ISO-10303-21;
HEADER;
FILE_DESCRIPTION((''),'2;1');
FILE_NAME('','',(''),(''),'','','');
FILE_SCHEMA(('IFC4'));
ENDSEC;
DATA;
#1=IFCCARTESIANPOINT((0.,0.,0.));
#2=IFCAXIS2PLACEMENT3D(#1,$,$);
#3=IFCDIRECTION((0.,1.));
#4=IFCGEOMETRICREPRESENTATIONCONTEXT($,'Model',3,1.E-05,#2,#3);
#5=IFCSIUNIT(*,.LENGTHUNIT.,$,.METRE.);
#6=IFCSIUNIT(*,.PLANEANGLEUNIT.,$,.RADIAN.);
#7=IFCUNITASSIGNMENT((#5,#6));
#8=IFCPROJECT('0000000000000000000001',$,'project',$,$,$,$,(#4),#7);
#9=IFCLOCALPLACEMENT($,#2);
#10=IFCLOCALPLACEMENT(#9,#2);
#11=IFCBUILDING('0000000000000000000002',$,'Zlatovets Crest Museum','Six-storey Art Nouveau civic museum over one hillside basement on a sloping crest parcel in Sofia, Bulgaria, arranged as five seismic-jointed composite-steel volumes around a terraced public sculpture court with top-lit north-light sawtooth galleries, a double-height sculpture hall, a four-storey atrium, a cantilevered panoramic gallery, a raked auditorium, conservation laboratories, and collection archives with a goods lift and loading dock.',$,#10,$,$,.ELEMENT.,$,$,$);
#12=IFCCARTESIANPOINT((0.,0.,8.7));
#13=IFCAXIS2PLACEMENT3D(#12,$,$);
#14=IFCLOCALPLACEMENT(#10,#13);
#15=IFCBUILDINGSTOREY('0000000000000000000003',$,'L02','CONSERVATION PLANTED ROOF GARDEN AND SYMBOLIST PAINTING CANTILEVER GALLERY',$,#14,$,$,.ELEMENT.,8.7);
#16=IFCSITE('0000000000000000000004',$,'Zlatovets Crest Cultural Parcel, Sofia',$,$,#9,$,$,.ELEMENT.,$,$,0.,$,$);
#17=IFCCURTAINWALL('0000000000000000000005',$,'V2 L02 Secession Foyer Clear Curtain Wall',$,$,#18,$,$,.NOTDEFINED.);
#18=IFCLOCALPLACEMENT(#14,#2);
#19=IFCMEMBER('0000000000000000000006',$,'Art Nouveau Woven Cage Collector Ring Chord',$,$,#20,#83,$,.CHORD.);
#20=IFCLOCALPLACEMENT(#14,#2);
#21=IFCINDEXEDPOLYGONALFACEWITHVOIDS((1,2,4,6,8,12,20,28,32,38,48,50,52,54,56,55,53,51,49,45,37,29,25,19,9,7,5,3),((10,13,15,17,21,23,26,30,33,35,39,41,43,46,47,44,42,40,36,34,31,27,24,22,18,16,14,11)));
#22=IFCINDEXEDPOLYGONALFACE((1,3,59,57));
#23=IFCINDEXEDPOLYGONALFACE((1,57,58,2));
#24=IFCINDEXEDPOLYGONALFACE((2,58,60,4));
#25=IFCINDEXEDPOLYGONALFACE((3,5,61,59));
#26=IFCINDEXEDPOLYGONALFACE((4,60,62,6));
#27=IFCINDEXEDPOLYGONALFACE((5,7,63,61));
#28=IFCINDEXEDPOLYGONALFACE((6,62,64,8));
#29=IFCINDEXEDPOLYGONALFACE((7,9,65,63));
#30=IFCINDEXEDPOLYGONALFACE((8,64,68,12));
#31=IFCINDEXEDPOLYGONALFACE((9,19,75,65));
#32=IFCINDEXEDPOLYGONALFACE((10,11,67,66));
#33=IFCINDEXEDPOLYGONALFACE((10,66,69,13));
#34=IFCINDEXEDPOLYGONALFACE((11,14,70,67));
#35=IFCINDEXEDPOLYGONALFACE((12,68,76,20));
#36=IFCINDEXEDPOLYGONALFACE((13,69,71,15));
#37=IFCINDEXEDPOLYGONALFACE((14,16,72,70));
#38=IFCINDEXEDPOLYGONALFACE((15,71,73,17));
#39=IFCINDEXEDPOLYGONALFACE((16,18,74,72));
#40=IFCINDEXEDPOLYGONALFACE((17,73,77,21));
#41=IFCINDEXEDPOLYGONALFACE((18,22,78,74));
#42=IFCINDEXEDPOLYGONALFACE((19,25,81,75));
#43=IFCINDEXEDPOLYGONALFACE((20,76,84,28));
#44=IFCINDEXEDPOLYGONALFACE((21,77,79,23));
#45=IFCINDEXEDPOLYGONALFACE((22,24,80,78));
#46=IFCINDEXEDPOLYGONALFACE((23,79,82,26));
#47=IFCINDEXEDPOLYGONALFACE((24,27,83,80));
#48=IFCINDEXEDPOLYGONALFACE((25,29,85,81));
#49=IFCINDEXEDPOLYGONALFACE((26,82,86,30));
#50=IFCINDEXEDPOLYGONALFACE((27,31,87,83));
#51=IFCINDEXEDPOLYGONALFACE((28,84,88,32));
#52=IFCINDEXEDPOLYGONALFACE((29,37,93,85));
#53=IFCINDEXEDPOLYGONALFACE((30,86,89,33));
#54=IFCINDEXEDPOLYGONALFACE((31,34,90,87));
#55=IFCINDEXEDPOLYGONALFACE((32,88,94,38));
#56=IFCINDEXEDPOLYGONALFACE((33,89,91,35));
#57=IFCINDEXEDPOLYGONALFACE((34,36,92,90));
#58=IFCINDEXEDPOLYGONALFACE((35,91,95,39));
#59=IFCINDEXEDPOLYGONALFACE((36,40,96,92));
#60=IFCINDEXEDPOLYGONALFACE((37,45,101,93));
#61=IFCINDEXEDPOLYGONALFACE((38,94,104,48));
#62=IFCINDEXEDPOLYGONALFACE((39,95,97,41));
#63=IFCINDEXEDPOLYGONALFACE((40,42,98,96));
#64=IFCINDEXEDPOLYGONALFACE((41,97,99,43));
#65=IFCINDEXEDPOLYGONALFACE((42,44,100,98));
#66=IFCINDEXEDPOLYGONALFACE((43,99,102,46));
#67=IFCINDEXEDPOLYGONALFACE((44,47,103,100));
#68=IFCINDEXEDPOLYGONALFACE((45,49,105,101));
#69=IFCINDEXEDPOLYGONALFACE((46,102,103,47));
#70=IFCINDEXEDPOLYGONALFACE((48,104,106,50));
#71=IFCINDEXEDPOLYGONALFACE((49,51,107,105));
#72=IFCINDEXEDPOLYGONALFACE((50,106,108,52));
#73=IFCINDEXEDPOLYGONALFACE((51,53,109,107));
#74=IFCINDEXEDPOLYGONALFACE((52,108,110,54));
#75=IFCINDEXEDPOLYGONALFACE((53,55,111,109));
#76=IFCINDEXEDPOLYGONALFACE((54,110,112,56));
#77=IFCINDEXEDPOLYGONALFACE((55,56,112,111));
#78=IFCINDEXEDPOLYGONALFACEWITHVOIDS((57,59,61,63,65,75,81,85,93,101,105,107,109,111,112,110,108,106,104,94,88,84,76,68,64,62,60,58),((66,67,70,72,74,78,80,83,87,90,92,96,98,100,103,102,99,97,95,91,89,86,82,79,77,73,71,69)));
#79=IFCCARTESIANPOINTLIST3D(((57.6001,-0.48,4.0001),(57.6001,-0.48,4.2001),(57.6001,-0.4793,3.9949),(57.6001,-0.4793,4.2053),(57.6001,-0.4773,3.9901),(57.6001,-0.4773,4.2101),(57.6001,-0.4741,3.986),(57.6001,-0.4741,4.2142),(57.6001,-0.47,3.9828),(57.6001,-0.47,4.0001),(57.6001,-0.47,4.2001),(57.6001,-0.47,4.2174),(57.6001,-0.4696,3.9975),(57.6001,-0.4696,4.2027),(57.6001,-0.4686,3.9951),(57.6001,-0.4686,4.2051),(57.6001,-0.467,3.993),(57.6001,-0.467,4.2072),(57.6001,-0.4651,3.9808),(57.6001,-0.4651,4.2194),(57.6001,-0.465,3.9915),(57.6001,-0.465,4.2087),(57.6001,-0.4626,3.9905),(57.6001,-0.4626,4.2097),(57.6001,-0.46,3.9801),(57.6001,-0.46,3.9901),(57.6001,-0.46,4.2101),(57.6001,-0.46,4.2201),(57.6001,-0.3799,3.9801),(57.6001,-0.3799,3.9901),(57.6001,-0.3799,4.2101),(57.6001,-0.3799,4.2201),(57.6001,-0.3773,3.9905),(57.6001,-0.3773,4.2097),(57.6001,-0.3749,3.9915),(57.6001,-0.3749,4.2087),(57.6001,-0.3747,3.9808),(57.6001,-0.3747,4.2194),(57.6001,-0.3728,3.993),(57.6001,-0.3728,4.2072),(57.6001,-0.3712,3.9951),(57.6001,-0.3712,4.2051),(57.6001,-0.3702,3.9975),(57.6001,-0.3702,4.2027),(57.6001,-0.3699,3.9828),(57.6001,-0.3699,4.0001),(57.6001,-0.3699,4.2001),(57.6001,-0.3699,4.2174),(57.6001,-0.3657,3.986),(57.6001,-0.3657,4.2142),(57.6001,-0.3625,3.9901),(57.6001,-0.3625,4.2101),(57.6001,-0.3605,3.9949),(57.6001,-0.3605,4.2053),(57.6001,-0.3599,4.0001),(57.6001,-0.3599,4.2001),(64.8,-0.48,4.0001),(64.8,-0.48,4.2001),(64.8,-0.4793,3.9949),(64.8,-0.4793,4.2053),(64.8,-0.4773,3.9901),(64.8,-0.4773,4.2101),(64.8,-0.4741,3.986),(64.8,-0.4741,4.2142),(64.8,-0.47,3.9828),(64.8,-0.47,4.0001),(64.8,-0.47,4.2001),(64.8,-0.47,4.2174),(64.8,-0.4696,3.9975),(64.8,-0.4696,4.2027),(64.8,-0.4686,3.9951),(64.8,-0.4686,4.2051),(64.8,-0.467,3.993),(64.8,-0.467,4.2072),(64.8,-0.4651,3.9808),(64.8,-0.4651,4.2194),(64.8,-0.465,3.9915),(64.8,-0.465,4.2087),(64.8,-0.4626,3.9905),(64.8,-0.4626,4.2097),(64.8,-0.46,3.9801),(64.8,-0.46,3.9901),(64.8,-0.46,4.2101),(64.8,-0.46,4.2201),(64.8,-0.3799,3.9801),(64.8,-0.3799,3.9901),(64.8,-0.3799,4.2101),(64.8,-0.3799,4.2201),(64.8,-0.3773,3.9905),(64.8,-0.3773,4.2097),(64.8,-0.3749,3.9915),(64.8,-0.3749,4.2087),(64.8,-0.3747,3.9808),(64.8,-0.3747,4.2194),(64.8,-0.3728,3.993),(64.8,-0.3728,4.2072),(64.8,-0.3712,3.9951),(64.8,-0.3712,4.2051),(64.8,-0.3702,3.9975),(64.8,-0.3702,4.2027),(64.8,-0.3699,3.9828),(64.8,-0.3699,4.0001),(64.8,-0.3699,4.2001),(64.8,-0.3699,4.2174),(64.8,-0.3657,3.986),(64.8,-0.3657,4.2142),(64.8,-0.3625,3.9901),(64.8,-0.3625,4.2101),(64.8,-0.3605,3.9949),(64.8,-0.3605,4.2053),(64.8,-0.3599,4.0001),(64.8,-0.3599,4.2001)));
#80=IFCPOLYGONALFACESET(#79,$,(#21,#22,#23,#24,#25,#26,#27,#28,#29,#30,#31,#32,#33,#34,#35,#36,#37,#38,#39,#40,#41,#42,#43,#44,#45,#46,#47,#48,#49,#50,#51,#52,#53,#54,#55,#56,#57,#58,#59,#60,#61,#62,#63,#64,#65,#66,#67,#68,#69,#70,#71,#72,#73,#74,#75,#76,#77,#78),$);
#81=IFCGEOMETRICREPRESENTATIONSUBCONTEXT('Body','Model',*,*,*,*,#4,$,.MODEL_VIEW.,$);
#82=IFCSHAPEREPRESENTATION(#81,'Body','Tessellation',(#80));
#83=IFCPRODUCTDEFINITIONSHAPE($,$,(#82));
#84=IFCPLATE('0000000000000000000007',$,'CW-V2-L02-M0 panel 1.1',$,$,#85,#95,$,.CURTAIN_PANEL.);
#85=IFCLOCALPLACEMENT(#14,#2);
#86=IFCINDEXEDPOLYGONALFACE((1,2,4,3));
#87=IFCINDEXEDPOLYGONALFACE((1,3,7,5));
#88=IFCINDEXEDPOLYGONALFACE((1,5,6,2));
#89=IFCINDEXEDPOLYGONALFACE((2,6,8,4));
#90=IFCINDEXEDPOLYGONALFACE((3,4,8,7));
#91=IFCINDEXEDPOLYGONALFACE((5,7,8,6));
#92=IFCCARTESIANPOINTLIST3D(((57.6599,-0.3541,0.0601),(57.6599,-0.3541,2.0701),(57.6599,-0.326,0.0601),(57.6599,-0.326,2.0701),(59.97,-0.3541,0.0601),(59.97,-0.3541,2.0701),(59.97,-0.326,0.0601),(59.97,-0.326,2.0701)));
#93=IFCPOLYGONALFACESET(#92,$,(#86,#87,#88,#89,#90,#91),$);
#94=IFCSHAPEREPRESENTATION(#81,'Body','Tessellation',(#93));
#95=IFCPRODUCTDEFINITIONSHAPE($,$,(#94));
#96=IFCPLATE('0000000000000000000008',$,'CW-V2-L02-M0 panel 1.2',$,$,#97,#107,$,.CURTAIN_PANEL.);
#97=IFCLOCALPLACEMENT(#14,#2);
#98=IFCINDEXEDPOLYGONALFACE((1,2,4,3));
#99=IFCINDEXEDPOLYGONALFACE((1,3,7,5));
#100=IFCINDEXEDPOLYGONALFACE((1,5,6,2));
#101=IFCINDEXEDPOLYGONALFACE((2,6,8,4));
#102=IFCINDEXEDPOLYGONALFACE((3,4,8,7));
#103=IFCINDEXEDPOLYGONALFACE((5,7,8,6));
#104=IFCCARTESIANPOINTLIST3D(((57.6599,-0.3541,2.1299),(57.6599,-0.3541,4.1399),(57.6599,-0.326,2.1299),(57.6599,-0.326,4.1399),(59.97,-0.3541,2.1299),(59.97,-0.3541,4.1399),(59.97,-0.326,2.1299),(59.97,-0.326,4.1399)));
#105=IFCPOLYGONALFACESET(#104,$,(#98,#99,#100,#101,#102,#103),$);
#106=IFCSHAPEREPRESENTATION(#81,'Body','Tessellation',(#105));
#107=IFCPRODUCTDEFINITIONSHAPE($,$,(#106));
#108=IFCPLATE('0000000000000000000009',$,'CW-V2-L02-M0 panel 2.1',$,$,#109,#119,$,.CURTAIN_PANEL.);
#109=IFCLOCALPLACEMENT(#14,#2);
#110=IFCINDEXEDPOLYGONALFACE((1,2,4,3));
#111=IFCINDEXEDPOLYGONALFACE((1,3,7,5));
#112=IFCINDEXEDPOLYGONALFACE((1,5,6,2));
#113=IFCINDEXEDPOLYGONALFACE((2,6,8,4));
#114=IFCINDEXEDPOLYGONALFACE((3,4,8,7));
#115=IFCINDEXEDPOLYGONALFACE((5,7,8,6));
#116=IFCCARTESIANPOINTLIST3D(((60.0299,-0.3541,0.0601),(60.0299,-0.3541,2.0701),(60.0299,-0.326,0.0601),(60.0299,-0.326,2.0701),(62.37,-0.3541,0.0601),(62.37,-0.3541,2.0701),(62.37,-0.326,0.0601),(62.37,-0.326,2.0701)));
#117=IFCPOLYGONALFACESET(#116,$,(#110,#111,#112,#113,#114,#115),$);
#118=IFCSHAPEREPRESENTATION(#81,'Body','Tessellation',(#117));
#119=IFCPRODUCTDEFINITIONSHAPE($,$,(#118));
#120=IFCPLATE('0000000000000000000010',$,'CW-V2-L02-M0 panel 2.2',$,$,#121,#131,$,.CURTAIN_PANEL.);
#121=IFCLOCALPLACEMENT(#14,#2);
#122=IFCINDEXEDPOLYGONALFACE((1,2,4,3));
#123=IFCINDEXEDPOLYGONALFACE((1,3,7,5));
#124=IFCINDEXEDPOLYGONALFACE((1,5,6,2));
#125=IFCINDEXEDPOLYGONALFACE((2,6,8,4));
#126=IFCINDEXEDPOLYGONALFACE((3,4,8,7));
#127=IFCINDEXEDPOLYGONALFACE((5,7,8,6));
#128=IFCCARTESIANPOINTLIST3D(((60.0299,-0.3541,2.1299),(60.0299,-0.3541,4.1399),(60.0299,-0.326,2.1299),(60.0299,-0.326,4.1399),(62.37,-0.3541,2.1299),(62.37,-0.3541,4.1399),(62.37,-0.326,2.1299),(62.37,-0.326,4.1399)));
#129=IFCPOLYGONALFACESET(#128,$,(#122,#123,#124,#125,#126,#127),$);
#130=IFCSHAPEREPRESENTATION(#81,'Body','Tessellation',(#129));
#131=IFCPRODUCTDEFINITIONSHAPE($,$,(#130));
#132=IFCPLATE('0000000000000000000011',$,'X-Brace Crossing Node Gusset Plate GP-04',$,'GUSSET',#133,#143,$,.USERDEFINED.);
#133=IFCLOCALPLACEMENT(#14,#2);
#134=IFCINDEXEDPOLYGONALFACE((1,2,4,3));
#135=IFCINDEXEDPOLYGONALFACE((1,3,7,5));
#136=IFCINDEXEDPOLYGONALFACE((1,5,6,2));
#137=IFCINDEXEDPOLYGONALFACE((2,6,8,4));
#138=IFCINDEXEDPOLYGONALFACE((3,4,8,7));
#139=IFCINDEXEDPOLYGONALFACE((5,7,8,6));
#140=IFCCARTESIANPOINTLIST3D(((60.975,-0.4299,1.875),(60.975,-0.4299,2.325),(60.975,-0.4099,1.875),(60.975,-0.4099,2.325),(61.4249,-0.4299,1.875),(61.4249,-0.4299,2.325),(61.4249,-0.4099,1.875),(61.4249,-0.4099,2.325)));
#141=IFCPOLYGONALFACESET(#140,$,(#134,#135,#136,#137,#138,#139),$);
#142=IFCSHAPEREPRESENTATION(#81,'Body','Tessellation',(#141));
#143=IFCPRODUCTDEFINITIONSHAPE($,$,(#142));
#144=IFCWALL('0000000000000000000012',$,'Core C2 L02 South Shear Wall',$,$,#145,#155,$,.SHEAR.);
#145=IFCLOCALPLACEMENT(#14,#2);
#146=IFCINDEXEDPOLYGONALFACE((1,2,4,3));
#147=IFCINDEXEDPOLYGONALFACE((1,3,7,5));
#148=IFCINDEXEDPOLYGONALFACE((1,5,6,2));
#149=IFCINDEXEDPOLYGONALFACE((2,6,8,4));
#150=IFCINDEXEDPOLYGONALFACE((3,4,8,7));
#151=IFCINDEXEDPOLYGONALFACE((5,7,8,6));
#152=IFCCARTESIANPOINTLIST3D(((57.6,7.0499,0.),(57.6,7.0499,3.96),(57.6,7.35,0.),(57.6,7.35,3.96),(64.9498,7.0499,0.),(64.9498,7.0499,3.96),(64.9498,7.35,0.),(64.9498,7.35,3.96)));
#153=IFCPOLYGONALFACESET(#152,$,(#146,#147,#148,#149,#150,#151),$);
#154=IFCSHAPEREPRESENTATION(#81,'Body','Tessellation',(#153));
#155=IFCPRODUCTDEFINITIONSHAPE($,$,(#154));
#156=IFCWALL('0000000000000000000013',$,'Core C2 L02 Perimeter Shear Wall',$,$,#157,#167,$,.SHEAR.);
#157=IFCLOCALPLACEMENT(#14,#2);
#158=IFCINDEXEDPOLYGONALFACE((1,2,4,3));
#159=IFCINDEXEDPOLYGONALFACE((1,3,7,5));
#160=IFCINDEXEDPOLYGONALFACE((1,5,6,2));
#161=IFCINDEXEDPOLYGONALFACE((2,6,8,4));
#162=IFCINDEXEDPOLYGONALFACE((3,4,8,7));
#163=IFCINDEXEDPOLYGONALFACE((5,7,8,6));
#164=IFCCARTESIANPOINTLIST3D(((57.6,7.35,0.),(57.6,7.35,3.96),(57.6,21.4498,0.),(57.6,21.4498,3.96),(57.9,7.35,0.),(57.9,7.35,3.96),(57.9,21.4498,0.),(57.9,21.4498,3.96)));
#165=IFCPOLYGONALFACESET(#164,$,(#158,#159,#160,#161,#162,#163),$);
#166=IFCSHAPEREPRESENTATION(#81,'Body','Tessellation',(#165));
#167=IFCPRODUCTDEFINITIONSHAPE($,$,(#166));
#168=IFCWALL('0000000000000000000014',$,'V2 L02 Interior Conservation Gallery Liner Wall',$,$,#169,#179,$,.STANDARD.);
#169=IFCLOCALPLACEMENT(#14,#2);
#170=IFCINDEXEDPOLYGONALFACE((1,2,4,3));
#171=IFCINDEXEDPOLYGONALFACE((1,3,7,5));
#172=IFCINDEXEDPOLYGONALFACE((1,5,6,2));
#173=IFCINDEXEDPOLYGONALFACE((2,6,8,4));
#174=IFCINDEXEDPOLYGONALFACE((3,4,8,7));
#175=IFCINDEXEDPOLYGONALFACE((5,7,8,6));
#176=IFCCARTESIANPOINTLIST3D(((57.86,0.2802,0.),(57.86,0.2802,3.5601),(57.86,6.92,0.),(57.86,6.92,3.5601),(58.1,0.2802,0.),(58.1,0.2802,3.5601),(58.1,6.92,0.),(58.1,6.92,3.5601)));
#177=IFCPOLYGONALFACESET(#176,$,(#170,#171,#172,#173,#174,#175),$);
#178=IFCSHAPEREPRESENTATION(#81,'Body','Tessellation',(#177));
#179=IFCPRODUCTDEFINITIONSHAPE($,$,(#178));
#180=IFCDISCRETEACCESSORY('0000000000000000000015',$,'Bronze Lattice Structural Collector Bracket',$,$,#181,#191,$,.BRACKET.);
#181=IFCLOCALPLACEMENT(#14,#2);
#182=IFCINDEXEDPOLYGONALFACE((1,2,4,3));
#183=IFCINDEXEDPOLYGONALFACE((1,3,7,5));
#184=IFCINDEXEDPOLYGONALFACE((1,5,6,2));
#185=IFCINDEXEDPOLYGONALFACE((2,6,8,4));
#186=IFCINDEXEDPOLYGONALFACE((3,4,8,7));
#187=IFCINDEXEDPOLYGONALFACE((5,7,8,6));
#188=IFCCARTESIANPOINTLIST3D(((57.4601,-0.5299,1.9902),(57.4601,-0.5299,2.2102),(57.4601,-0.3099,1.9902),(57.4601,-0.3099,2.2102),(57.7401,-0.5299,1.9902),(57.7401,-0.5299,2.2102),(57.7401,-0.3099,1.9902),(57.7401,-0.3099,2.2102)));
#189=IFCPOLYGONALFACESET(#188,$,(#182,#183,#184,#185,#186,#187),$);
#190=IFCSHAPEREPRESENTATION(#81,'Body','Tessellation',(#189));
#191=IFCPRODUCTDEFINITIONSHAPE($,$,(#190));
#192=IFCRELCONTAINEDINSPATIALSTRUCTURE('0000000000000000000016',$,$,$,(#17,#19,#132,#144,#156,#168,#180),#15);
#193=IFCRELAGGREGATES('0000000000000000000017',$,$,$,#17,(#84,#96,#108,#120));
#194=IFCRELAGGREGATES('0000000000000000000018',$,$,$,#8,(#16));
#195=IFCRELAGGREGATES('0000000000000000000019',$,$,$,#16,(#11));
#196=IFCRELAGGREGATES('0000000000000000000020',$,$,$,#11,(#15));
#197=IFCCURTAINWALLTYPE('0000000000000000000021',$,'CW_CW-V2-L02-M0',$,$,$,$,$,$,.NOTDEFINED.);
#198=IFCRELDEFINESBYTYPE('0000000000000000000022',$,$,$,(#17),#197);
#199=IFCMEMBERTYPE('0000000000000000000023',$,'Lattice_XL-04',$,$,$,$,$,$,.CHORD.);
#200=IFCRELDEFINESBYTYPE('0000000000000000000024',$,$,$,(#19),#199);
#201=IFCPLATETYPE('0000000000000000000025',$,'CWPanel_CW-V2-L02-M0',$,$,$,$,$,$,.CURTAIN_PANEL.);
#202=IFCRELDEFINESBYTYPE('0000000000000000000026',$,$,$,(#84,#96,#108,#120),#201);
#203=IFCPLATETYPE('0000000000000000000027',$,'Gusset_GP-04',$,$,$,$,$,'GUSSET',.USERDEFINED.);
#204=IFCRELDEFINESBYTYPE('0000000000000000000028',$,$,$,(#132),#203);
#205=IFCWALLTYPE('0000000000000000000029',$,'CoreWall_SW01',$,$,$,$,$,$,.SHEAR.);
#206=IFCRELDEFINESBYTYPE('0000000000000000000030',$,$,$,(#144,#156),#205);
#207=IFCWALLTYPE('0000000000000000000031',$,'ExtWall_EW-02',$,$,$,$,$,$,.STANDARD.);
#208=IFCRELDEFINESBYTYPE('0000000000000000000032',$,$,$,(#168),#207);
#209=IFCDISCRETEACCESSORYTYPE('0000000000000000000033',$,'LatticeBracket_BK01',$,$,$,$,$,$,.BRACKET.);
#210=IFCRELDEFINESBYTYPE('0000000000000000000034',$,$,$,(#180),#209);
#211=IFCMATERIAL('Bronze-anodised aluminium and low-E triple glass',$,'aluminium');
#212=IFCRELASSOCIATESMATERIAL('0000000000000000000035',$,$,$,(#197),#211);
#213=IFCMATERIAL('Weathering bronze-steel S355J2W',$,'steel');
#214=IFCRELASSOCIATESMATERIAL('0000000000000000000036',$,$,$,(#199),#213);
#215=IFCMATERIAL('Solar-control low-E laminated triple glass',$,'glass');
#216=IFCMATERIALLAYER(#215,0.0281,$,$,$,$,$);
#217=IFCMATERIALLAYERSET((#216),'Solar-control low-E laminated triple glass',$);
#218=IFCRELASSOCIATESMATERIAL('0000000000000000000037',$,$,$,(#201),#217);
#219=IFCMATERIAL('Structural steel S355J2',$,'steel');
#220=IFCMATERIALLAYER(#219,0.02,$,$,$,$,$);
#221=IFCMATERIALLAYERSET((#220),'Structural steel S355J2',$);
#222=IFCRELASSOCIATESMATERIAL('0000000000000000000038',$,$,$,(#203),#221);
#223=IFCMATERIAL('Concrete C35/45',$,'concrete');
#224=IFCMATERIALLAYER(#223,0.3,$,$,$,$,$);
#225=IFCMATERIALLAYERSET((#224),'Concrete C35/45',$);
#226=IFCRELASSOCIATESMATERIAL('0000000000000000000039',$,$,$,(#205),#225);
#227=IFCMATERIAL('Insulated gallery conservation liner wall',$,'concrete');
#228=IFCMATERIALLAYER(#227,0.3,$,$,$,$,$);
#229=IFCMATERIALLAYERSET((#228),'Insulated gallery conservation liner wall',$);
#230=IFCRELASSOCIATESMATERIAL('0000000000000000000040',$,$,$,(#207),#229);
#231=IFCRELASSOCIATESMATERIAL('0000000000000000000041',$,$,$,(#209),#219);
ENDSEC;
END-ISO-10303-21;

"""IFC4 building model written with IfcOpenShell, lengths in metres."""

from ifc_helpers import new_model, si_unit, direction, frame, frame_2d, origin, origin_2d, place, context, subcontext, project, spatial, rectangle, hollow_rectangle, extrude, material, layer, layer_set, material_profile, profile_set, type_object, element, aggregate, save


model = new_model("IFC4")

# Units and contexts
model_context = context("Model", 3, precision=1e-05, world=origin(), true_north=direction((0.0, 1.0)))
body_context = subcontext(model_context, "Body", "Model", "MODEL_VIEW")
ifc_project = project(units=[si_unit("LENGTHUNIT", "METRE"), si_unit("PLANEANGLEUNIT", "RADIAN")], contexts=[model_context])

# Site, building, storey
site_placement = place(None, origin())
site = spatial("IfcSite", under=ifc_project, at=site_placement, Name="Zlatovets Crest Cultural Parcel, Sofia", CompositionType="ELEMENT", RefElevation=0.0)
building_placement = place(site_placement, origin())
building = spatial("IfcBuilding", under=site, at=building_placement, Name="Zlatovets Crest Museum", Description="Six-storey Art Nouveau civic museum over one hillside basement on a sloping crest parcel in Sofia, Bulgaria, arranged as five seismic-jointed composite-steel volumes around a terraced public sculpture court with top-lit north-light sawtooth galleries, a double-height sculpture hall, a four-storey atrium, a cantilevered panoramic gallery, a raked auditorium, conservation laboratories, and collection archives with a goods lift and loading dock.", CompositionType="ELEMENT")
storey_placement = place(building_placement, frame((0.0, 0.0, 8.7)))
storey = spatial("IfcBuildingStorey", under=building, at=storey_placement, Name="L02", Description="CONSERVATION PLANTED ROOF GARDEN AND SYMBOLIST PAINTING CANTILEVER GALLERY", CompositionType="ELEMENT", Elevation=8.7)

# Shared definitions
ifc_material_1 = material(Name="Structural steel S355J2", Category="steel")

# Curtain wall
ifc_material_2 = material(Name="Bronze-anodised aluminium and low-E triple glass", Category="aluminium")
curtain_wall_type = type_object("IfcCurtainWallType", Name="CW_CW-V2-L02-M0", PredefinedType="NOTDEFINED", material=ifc_material_2)
curtain_wall_placement = place(storey_placement, origin())
curtain_wall = element("IfcCurtainWall", 1, at=curtain_wall_placement, inside=storey, type_object=curtain_wall_type, Name="V2 L02 Secession Foyer Clear Curtain Wall", PredefinedType="NOTDEFINED")

# Member
ifc_material_3 = material(Name="Weathering bronze-steel S355J2W", Category="steel")
ifc_material_profile_1 = material_profile(ifc_material_3, hollow_rectangle(XDim=0.1201, YDim=0.24, WallThickness=0.01, InnerFilletRadius=0.01, OuterFilletRadius=0.02, at=origin_2d()), Name="RHS 120x240x10.0")
ifc_profile_set_1 = profile_set([ifc_material_profile_1], Name="Weathering bronze-steel S355J2W")
member_type_1 = type_object("IfcMemberType", Name="Lattice_XL-04", PredefinedType="CHORD", material=ifc_profile_set_1)
member_1_placement = place(storey_placement, frame((57.6001, -0.4199, 4.1001), z_axis=(1.0, 0.0, 0.0), x_axis=(0.0, 1.0, 0.0)))
element("IfcMember", 2, at=member_1_placement, inside=storey, type_object=member_type_1, Name="Art Nouveau Woven Cage Collector Ring Chord", PredefinedType="CHORD", context=body_context, shape_type="SweptSolid", body=[
    extrude(hollow_rectangle(XDim=0.1201, YDim=0.24, WallThickness=0.01, InnerFilletRadius=0.01, OuterFilletRadius=0.02, at=origin_2d()), origin(), (0.0, 0.0, 1.0), 7.2),
])

# Plates
ifc_material_4 = material(Name="Solar-control low-E laminated triple glass", Category="glass")
ifc_layer_1 = layer(ifc_material_4, 0.0281)
ifc_layer_set_1 = layer_set([ifc_layer_1], Name="Solar-control low-E laminated triple glass")
plate_type_1 = type_object("IfcPlateType", Name="CWPanel_CW-V2-L02-M0", PredefinedType="CURTAIN_PANEL", material=ifc_layer_set_1)
plate_1_placement = place(storey_placement, frame((58.8149, -0.3401, 0.0601), z_axis=(0.0, 0.0, 1.0), x_axis=(1.0, 0.0, 0.0)))
plate_1 = element("IfcPlate", 3, at=plate_1_placement, type_object=plate_type_1, Name="CW-V2-L02-M0 panel 1.1", PredefinedType="CURTAIN_PANEL", context=body_context, shape_type="SweptSolid", body=[
    extrude(rectangle(XDim=2.3101, YDim=0.0281, at=origin_2d()), origin(), (0.0, 0.0, 1.0), 2.01),
])
plate_2_placement = place(storey_placement, frame((58.8149, -0.3401, 2.1299), z_axis=(0.0, 0.0, 1.0), x_axis=(1.0, 0.0, 0.0)))
plate_2 = element("IfcPlate", 4, at=plate_2_placement, type_object=plate_type_1, Name="CW-V2-L02-M0 panel 1.2", PredefinedType="CURTAIN_PANEL", context=body_context, shape_type="SweptSolid", body=[
    extrude(rectangle(XDim=2.3101, YDim=0.0281, at=origin_2d()), origin(), (0.0, 0.0, 1.0), 2.01),
])
plate_3_placement = place(storey_placement, frame((61.2, -0.3401, 0.0601), z_axis=(0.0, 0.0, 1.0), x_axis=(1.0, 0.0, 0.0)))
plate_3 = element("IfcPlate", 5, at=plate_3_placement, type_object=plate_type_1, Name="CW-V2-L02-M0 panel 2.1", PredefinedType="CURTAIN_PANEL", context=body_context, shape_type="SweptSolid", body=[
    extrude(rectangle(XDim=2.3401, YDim=0.0281, at=origin_2d()), origin(), (0.0, 0.0, 1.0), 2.01),
])
plate_4_placement = place(storey_placement, frame((61.2, -0.3401, 2.1299), z_axis=(0.0, 0.0, 1.0), x_axis=(1.0, 0.0, 0.0)))
plate_4 = element("IfcPlate", 6, at=plate_4_placement, type_object=plate_type_1, Name="CW-V2-L02-M0 panel 2.2", PredefinedType="CURTAIN_PANEL", context=body_context, shape_type="SweptSolid", body=[
    extrude(rectangle(XDim=2.3401, YDim=0.0281, at=origin_2d()), origin(), (0.0, 0.0, 1.0), 2.01),
])
aggregate(curtain_wall, [plate_1, plate_2, plate_3, plate_4])
ifc_layer_2 = layer(ifc_material_1, 0.02)
ifc_layer_set_2 = layer_set([ifc_layer_2], Name="Structural steel S355J2")
plate_type_2 = type_object("IfcPlateType", Name="Gusset_GP-04", ElementType="GUSSET", PredefinedType="USERDEFINED", material=ifc_layer_set_2)
plate_5_placement = place(storey_placement, frame((61.2, -0.4199, 1.875), z_axis=(0.0, 0.0, 1.0), x_axis=(1.0, 0.0, 0.0)))
element("IfcPlate", 7, at=plate_5_placement, inside=storey, type_object=plate_type_2, Name="X-Brace Crossing Node Gusset Plate GP-04", ObjectType="GUSSET", PredefinedType="USERDEFINED", context=body_context, shape_type="SweptSolid", body=[
    extrude(rectangle(XDim=0.45, YDim=0.02, at=origin_2d()), origin(), (0.0, 0.0, 1.0), 0.45),
])

# Walls
ifc_material_5 = material(Name="Concrete C35/45", Category="concrete")
ifc_layer_3 = layer(ifc_material_5, 0.3)
ifc_layer_set_3 = layer_set([ifc_layer_3], Name="Concrete C35/45")
wall_type_1 = type_object("IfcWallType", Name="CoreWall_SW01", PredefinedType="SHEAR", material=ifc_layer_set_3)
wall_1_placement = place(storey_placement, frame((57.6001, 7.2, 0.0), z_axis=(0.0, 0.0, 1.0), x_axis=(1.0, 0.0, 0.0)))
element("IfcWall", 8, at=wall_1_placement, inside=storey, type_object=wall_type_1, Name="Core C2 L02 South Shear Wall", PredefinedType="SHEAR", context=body_context, shape_type="SweptSolid", body=[
    extrude(rectangle(XDim=7.3499, YDim=0.3, at=frame_2d((3.6748, 0.0))), origin(), (0.0, 0.0, 1.0), 3.96),
])
wall_2_placement = place(storey_placement, frame((57.75, 7.3501, 0.0), z_axis=(0.0, 0.0, 1.0), x_axis=(0.0, 1.0, 0.0)))
element("IfcWall", 9, at=wall_2_placement, inside=storey, type_object=wall_type_1, Name="Core C2 L02 Perimeter Shear Wall", PredefinedType="SHEAR", context=body_context, shape_type="SweptSolid", body=[
    extrude(rectangle(XDim=14.0999, YDim=0.3, at=frame_2d((7.0498, 0.0))), origin(), (0.0, 0.0, 1.0), 3.96),
])
ifc_material_6 = material(Name="Insulated gallery conservation liner wall", Category="concrete")
ifc_layer_4 = layer(ifc_material_6, 0.3)
ifc_layer_set_4 = layer_set([ifc_layer_4], Name="Insulated gallery conservation liner wall")
wall_type_2 = type_object("IfcWallType", Name="ExtWall_EW-02", PredefinedType="STANDARD", material=ifc_layer_set_4)
wall_3_placement = place(storey_placement, frame((57.98, 6.9199, 0.0), z_axis=(0.0, 0.0, 1.0), x_axis=(0.0, -1.0, 0.0)))
element("IfcWall", 10, at=wall_3_placement, inside=storey, type_object=wall_type_2, Name="V2 L02 Interior Conservation Gallery Liner Wall", PredefinedType="STANDARD", context=body_context, shape_type="SweptSolid", body=[
    extrude(rectangle(XDim=6.6399, YDim=0.24, at=frame_2d((3.3198, 0.0))), origin(), (0.0, 0.0, 1.0), 3.5601),
])

# Discrete accessory
discrete_accessory_type = type_object("IfcDiscreteAccessoryType", Name="LatticeBracket_BK01", PredefinedType="BRACKET", material=ifc_material_1)
discrete_accessory_placement = place(storey_placement, frame((57.6001, -0.4199, 1.9902), z_axis=(0.0, 0.0, 1.0), x_axis=(1.0, 0.0, 0.0)))
element("IfcDiscreteAccessory", 11, at=discrete_accessory_placement, inside=storey, type_object=discrete_accessory_type, Name="Bronze Lattice Structural Collector Bracket", PredefinedType="BRACKET", context=body_context, shape_type="SweptSolid", body=[
    extrude(rectangle(XDim=0.28, YDim=0.22, at=origin_2d()), origin(), (0.0, 0.0, 1.0), 0.22),
])

save(model, "model.ifc")
